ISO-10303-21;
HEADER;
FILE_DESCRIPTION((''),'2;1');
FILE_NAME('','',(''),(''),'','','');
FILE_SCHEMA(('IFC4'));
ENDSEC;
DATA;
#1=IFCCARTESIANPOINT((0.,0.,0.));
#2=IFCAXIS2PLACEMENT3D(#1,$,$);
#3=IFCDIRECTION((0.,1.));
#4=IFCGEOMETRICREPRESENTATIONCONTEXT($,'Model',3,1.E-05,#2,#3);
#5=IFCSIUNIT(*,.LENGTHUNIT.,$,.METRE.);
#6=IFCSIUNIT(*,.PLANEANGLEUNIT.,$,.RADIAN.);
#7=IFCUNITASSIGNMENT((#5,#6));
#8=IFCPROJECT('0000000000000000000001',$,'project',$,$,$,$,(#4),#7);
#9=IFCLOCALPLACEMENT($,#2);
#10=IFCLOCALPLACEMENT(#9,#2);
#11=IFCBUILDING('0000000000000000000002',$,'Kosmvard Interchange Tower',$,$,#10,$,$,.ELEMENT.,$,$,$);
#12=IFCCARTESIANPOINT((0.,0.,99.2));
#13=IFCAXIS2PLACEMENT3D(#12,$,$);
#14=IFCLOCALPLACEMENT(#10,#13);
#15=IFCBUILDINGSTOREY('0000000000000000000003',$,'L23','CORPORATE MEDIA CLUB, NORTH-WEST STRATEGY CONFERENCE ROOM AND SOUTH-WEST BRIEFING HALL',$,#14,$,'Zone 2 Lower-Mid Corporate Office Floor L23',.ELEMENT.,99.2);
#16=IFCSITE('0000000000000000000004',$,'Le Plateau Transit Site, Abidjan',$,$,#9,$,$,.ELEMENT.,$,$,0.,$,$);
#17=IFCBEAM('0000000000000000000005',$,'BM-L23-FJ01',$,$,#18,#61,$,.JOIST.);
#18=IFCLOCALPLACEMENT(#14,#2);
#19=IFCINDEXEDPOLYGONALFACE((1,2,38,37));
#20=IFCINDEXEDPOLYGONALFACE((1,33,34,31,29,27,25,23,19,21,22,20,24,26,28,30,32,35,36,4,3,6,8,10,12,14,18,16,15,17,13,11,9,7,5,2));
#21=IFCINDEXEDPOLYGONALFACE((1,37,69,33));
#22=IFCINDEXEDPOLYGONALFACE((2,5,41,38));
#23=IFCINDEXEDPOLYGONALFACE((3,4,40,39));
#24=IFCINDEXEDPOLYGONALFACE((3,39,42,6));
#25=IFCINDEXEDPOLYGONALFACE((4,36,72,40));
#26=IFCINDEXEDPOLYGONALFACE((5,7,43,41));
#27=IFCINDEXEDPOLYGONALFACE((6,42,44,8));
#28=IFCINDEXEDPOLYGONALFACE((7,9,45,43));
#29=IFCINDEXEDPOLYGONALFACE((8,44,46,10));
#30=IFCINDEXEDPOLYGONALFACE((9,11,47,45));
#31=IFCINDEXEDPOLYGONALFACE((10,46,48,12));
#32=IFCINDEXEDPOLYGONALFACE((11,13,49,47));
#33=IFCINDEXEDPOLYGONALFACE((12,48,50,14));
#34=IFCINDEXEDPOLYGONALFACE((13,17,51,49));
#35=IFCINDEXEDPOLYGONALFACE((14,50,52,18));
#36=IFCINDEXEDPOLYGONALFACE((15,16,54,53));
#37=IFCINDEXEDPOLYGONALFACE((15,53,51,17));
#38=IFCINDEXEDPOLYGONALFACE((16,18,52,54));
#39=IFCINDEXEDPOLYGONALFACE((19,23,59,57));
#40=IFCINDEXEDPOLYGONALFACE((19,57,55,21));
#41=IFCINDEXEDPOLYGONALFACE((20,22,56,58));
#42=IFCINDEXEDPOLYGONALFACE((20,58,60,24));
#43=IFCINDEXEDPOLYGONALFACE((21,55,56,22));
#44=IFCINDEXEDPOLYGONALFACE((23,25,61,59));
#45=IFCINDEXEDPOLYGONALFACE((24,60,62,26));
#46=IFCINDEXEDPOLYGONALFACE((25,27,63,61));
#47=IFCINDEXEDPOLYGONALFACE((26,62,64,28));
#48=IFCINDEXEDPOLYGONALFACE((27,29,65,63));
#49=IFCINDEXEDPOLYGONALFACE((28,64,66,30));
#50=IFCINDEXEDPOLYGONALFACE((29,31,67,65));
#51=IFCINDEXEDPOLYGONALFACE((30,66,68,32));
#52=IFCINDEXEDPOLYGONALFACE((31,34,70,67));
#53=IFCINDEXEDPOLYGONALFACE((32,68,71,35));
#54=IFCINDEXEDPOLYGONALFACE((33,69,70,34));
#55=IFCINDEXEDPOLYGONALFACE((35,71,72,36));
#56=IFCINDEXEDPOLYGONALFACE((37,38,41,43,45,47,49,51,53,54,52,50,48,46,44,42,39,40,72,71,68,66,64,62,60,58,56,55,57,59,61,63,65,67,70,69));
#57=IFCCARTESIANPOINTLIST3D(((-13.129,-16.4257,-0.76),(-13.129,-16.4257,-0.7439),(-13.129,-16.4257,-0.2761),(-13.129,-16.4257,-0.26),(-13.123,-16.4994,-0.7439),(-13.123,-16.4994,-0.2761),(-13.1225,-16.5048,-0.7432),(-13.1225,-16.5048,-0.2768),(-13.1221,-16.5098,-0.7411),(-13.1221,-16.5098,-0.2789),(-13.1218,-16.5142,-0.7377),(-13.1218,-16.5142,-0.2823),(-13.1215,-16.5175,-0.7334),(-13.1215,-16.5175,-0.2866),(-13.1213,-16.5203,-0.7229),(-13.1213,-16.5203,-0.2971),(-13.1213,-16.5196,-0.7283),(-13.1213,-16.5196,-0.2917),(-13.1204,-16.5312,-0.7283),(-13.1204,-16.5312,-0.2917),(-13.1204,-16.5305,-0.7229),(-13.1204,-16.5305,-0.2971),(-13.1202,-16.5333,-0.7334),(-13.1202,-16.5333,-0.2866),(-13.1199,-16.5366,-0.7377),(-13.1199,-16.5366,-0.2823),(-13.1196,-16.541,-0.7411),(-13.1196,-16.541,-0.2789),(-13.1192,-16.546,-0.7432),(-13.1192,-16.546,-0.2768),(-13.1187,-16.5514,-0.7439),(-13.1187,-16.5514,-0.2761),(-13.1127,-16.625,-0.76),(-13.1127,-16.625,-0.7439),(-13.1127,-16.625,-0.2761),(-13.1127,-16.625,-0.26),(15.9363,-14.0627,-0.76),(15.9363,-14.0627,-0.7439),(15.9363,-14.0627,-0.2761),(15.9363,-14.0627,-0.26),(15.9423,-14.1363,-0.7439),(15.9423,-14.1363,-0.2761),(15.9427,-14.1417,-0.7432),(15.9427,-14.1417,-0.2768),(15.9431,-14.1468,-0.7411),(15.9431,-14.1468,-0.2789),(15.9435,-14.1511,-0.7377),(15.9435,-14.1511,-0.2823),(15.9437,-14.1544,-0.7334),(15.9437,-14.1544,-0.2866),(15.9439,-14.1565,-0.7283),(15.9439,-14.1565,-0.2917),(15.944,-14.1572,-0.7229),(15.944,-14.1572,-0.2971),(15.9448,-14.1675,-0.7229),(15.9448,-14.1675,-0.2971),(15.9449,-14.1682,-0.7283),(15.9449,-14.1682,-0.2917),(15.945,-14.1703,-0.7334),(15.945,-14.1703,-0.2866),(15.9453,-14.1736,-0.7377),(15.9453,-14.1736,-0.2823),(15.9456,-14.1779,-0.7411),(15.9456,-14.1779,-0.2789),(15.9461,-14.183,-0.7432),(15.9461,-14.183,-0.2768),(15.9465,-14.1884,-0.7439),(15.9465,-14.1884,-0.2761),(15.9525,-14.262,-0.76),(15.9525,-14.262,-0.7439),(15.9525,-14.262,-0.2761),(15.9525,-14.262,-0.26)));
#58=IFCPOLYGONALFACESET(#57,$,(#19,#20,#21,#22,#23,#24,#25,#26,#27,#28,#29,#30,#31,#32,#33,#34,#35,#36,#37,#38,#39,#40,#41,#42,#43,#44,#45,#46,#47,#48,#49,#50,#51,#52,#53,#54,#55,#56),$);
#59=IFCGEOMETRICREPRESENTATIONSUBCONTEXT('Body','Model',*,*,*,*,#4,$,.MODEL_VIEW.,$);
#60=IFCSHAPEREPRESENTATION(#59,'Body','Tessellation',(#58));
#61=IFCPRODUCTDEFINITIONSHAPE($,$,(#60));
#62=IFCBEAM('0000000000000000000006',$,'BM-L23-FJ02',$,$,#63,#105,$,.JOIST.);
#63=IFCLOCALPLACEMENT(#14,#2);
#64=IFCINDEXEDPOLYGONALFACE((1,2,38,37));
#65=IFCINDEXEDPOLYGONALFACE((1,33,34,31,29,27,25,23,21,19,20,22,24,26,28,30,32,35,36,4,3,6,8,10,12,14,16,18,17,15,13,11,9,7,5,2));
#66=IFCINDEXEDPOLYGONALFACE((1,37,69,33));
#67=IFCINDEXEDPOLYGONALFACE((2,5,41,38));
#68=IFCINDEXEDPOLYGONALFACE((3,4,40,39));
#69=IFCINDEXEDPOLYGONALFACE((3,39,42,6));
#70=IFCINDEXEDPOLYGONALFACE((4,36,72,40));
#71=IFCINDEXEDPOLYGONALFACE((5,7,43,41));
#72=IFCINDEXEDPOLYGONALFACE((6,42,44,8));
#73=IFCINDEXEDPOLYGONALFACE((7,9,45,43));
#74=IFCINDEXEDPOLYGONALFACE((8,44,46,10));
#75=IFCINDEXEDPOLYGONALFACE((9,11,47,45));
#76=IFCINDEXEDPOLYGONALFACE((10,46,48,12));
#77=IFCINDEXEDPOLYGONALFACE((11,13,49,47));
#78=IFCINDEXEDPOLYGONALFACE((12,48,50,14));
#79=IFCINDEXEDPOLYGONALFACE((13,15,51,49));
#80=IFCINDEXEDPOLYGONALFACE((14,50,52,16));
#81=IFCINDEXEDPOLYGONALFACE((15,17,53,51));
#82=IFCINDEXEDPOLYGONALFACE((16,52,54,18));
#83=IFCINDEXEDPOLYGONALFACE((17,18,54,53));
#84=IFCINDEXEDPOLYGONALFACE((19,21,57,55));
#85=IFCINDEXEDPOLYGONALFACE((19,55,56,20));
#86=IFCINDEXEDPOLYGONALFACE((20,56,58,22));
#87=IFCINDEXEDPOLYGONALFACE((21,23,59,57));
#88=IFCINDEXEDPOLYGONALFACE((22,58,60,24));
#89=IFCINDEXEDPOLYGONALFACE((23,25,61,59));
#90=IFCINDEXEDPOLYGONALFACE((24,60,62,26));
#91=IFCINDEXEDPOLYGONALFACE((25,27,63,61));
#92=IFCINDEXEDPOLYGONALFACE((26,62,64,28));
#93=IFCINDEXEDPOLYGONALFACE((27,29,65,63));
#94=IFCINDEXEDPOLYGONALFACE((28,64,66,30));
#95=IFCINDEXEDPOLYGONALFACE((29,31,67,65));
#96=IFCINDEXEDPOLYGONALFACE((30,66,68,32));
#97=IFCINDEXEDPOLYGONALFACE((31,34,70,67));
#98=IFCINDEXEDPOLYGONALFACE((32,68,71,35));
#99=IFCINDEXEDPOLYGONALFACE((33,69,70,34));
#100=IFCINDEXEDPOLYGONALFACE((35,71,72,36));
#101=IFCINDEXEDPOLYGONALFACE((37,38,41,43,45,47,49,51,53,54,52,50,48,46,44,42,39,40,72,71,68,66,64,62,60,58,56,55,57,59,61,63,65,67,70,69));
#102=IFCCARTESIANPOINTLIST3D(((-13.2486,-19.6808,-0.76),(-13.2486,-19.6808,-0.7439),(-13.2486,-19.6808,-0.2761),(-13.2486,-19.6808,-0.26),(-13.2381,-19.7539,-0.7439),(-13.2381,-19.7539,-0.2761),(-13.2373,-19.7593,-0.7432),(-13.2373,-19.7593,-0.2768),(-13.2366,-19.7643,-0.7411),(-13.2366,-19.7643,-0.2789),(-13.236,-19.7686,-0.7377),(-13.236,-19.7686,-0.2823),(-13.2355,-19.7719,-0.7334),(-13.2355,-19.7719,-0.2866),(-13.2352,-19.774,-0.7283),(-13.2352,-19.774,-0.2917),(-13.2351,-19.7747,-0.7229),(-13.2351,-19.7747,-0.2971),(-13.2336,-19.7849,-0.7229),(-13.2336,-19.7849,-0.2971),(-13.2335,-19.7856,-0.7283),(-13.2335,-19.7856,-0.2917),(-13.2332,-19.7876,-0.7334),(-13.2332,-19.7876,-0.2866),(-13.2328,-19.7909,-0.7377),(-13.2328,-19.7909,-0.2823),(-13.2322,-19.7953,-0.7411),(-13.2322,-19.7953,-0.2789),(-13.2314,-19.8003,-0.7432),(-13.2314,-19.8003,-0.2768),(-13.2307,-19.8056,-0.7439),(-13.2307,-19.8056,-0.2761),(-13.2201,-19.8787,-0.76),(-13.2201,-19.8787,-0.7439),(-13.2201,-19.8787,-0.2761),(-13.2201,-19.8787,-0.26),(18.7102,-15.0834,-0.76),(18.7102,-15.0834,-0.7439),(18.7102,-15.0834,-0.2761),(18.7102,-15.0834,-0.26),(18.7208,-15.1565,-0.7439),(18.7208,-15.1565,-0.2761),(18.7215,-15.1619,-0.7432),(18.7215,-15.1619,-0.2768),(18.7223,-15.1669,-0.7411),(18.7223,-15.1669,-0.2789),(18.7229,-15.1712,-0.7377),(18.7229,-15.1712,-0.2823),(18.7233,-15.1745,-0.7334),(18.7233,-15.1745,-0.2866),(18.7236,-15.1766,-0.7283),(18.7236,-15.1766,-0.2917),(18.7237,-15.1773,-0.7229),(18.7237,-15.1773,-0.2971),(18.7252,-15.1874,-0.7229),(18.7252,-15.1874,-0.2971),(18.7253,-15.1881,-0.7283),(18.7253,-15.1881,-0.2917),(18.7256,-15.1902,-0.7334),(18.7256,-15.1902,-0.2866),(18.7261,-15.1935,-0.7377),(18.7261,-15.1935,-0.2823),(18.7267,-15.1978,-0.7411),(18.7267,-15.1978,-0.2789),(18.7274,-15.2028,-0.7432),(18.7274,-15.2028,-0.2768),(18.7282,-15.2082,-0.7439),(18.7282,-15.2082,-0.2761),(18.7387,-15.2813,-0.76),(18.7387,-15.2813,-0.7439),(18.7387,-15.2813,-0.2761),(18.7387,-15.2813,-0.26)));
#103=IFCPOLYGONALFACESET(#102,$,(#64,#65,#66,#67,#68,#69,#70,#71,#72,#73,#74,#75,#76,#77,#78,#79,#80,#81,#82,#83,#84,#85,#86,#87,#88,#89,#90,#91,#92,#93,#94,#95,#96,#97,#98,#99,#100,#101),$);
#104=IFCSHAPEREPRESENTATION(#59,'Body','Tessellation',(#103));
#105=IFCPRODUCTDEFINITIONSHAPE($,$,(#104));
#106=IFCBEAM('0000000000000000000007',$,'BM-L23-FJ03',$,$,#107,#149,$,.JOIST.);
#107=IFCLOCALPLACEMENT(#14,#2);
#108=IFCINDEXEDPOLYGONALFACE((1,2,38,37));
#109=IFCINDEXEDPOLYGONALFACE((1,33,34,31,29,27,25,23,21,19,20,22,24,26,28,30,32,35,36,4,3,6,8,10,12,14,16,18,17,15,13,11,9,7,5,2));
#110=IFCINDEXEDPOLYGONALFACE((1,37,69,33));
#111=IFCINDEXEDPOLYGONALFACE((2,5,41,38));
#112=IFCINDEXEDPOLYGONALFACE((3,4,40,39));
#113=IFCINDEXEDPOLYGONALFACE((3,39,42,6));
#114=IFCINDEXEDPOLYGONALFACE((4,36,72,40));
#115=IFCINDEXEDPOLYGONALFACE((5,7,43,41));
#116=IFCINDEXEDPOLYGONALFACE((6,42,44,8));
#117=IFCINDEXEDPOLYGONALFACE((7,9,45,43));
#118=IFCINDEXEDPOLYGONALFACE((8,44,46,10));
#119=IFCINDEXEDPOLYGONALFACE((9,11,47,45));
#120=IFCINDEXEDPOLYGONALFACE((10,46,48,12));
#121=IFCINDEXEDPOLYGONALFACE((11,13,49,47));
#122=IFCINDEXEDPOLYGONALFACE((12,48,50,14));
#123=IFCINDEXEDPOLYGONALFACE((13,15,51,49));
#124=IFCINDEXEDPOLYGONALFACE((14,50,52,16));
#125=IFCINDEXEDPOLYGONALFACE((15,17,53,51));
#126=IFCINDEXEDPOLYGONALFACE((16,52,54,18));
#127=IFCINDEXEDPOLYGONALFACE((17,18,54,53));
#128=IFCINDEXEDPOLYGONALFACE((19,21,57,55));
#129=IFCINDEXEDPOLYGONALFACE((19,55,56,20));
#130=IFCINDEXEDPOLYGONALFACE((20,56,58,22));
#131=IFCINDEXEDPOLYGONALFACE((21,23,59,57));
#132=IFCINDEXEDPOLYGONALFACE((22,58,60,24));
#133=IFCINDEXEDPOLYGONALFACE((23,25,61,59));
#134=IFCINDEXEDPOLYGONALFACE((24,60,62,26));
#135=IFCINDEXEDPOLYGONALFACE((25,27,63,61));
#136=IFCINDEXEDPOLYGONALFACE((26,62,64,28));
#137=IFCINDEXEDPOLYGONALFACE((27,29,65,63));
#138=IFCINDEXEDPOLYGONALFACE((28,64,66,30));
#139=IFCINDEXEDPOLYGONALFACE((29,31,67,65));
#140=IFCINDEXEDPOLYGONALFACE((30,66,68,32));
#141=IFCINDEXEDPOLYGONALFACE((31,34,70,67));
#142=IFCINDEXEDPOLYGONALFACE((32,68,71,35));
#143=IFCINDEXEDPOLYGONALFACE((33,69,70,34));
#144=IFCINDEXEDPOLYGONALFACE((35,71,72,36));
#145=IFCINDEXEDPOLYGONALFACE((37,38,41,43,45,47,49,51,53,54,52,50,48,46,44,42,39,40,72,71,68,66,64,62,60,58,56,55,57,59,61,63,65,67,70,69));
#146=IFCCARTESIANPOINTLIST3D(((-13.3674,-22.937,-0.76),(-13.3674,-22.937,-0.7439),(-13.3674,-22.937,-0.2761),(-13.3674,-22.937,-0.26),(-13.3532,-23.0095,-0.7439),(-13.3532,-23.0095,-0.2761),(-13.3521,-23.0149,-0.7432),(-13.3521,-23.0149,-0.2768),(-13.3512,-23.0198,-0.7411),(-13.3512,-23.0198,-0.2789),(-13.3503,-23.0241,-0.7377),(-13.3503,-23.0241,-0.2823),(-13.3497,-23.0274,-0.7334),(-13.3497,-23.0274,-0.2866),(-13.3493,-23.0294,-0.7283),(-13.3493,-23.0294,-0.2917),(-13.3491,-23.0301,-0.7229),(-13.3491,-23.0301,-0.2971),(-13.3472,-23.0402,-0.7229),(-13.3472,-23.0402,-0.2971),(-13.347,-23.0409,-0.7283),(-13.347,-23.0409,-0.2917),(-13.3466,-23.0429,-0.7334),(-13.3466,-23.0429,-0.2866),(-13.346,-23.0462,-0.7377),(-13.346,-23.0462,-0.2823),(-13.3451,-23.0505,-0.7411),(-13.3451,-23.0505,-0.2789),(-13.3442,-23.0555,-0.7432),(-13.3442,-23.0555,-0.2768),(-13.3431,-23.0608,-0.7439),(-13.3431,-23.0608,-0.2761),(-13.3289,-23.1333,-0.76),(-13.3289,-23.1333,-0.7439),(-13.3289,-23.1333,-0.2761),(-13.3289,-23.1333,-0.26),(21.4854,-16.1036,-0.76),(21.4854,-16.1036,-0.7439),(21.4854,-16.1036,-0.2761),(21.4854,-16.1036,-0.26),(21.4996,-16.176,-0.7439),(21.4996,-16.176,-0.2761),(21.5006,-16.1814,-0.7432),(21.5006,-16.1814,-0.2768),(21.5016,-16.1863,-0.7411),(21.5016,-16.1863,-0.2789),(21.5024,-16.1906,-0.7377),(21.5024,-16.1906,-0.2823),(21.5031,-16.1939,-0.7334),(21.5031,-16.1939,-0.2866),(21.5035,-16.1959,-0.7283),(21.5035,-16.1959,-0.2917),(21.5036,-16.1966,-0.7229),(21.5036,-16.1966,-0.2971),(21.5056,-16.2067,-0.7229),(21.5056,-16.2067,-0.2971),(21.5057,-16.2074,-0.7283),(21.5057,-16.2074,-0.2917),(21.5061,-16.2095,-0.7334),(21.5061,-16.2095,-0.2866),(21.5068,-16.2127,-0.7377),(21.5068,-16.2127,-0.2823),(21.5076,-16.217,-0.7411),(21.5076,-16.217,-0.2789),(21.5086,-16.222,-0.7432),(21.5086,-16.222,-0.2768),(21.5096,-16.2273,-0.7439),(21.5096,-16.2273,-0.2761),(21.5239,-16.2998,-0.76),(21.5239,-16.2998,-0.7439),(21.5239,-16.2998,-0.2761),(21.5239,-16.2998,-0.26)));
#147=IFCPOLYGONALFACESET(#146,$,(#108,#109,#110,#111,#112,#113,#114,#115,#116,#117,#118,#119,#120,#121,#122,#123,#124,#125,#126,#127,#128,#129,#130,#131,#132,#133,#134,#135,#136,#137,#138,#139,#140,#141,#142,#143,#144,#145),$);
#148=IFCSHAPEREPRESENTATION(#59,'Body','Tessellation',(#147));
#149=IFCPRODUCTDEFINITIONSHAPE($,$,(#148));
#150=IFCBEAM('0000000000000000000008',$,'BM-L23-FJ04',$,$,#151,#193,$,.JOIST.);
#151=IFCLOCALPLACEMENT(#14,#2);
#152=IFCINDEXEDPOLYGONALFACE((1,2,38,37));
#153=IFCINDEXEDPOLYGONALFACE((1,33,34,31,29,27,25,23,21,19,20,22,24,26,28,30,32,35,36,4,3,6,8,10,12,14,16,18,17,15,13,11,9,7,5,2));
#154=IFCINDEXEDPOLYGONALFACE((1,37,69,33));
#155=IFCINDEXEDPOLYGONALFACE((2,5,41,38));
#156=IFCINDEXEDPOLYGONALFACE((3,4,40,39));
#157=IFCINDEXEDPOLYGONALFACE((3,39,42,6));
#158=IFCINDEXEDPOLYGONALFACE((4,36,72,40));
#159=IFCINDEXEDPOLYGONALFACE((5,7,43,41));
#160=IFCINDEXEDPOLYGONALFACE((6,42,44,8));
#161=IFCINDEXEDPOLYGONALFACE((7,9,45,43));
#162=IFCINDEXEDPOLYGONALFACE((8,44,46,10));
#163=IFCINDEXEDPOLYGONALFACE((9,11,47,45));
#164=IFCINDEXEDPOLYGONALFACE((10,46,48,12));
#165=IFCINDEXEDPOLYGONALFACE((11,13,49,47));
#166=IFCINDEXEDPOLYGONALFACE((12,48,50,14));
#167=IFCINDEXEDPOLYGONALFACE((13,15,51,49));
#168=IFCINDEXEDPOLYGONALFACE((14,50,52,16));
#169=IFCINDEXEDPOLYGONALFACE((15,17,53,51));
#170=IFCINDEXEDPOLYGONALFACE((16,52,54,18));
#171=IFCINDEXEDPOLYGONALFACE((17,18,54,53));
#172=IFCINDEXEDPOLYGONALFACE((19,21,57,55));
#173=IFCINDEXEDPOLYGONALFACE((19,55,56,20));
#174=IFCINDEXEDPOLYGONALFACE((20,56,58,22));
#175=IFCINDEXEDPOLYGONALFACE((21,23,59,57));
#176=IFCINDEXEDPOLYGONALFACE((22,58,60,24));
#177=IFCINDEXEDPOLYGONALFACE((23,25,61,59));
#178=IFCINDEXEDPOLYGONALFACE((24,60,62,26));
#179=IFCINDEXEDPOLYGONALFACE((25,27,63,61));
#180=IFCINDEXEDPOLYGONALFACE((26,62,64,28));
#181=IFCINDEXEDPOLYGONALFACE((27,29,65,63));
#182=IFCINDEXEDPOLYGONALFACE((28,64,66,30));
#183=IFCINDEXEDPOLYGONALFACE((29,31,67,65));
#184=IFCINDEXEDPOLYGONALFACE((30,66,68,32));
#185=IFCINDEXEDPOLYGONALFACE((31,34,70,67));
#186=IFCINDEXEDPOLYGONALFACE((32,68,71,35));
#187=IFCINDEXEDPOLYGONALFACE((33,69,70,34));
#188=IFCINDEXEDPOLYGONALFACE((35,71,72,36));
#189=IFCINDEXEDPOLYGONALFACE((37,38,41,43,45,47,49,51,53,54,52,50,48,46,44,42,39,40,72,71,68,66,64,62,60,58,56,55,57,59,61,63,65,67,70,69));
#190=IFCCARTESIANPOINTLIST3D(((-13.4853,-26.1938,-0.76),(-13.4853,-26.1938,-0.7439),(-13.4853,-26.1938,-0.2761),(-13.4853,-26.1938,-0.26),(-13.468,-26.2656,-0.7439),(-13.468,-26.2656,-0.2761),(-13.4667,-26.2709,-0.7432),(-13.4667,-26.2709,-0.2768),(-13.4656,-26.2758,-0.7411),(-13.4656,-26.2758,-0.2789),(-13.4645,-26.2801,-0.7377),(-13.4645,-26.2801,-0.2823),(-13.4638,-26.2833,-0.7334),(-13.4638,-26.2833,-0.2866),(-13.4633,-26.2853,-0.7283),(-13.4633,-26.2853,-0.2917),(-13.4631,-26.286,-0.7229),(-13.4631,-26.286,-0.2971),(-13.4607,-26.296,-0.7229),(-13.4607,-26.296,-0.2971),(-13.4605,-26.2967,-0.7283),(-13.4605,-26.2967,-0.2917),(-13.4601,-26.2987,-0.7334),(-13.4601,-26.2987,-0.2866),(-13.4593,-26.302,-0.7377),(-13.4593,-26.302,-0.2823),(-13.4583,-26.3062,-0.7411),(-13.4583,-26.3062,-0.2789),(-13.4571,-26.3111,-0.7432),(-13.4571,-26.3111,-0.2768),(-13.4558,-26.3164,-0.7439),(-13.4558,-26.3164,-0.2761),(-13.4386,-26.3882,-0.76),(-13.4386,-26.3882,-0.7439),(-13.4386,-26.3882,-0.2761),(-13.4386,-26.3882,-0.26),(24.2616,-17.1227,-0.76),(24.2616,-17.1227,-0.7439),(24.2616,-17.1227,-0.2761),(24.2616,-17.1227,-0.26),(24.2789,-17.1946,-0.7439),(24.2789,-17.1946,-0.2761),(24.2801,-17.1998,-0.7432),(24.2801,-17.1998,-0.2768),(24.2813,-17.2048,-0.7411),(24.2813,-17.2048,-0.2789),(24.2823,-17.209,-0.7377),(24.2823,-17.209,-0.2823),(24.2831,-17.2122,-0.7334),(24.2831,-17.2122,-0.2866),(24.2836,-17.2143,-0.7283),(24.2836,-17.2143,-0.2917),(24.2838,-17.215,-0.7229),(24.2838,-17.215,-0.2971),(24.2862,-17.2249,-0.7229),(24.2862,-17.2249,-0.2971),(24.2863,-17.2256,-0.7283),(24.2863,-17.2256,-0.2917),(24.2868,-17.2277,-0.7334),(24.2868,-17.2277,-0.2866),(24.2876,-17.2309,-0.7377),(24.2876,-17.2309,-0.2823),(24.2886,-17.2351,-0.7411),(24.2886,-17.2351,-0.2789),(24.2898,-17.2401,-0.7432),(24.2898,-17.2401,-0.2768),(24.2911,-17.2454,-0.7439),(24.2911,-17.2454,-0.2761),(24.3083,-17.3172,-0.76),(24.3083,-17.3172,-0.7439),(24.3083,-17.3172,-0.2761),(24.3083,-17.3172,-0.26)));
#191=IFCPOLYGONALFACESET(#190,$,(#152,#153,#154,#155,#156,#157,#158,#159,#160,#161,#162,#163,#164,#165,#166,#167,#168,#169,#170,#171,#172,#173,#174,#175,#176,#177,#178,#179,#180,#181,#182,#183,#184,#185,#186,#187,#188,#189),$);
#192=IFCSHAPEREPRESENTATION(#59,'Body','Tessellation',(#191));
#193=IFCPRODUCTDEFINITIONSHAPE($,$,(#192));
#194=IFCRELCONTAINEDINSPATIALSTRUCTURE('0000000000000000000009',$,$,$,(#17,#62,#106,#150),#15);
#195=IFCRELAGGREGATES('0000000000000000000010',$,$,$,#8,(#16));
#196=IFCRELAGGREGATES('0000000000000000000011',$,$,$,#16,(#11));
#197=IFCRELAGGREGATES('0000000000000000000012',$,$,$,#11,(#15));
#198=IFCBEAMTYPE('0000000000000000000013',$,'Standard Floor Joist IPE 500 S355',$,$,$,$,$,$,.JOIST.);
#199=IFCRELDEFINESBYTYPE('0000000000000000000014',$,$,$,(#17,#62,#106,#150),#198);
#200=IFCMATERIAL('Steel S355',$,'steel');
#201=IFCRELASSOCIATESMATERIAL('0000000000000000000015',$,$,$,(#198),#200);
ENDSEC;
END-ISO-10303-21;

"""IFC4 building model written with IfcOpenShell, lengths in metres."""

from ifc_helpers import new_model, si_unit, direction, frame, origin, origin_2d, place, context, subcontext, project, spatial, i_section, extrude, source, transform, mapped, material, material_profile, profile_set, type_object, element, save


model = new_model("IFC4")

# Units and contexts
model_context = context("Model", 3, precision=1e-05, world=origin(), true_north=direction((0.0, 1.0)))
body_context = subcontext(model_context, "Body", "Model", "MODEL_VIEW")
ifc_project = project(units=[si_unit("LENGTHUNIT", "METRE"), si_unit("PLANEANGLEUNIT", "RADIAN")], contexts=[model_context])

# Site, building, storey
site_placement = place(None, origin())
site = spatial("IfcSite", under=ifc_project, at=site_placement, Name="Le Plateau Transit Site, Abidjan", CompositionType="ELEMENT", RefElevation=0.0)
building_placement = place(site_placement, origin())
building = spatial("IfcBuilding", under=site, at=building_placement, Name="Kosmvard Interchange Tower", CompositionType="ELEMENT")
storey_placement = place(building_placement, frame((0.0, 0.0, 99.2)))
storey = spatial("IfcBuildingStorey", under=building, at=storey_placement, Name="L23", Description="CORPORATE MEDIA CLUB, NORTH-WEST STRATEGY CONFERENCE ROOM AND SOUTH-WEST BRIEFING HALL", LongName="Zone 2 Lower-Mid Corporate Office Floor L23", CompositionType="ELEMENT", Elevation=99.2)

# Beams
ifc_material_1 = material(Name="Steel S355", Category="steel")
ifc_material_profile_1 = material_profile(ifc_material_1, i_section(OverallWidth=0.2, OverallDepth=0.5, WebThickness=0.0103, FlangeThickness=0.0161, FilletRadius=0.021, at=origin_2d()), Name="IPE 500")
ifc_profile_set_1 = profile_set([ifc_material_profile_1], Name="Steel S355")
beam_type_1 = type_object("IfcBeamType", Name="Standard Floor Joist IPE 500 S355", PredefinedType="JOIST", material=ifc_profile_set_1)
shared_shape_1 = source(origin(), body_context, "Body", "SweptSolid", [
    extrude(i_section(OverallWidth=0.2, OverallDepth=0.5, WebThickness=0.0103, FlangeThickness=0.0161, FilletRadius=0.021, at=origin_2d()), origin(), (0.0, 0.0, 1.0), 29.1611),
])
beam_1_placement = place(storey_placement, frame((-13.1208, -16.5254, -0.51), z_axis=(0.996711, 0.081034, 0.0), x_axis=(-0.081034, 0.996711, 0.0)))
element("IfcBeam", 1, at=beam_1_placement, inside=storey, type_object=beam_type_1, Name="BM-L23-FJ01", PredefinedType="JOIST", context=body_context, shape_type="MappedRepresentation", body=[
    mapped(shared_shape_1, transform((0.0, 0.0, 0.0), scale=1.0)),
])
shared_shape_2 = source(origin(), body_context, "Body", "SweptSolid", [
    extrude(i_section(OverallWidth=0.2, OverallDepth=0.5, WebThickness=0.0103, FlangeThickness=0.0161, FilletRadius=0.021, at=origin_2d()), origin(), (0.0, 0.0, 1.0), 32.2878),
])
beam_2_placement = place(storey_placement, frame((-13.2344, -19.7798, -0.51), z_axis=(0.989811, 0.142389, 0.0), x_axis=(-0.142389, 0.989811, 0.0)))
element("IfcBeam", 2, at=beam_2_placement, inside=storey, type_object=beam_type_1, Name="BM-L23-FJ02", PredefinedType="JOIST", context=body_context, shape_type="MappedRepresentation", body=[
    mapped(shared_shape_2, transform((0.0, 0.0, 0.0), scale=1.0)),
])
shared_shape_3 = source(origin(), body_context, "Body", "SweptSolid", [
    extrude(i_section(OverallWidth=0.2, OverallDepth=0.5, WebThickness=0.0103, FlangeThickness=0.0161, FilletRadius=0.021, at=origin_2d()), origin(), (0.0, 0.0, 1.0), 35.5164),
])
beam_3_placement = place(storey_placement, frame((-13.3481, -23.0352, -0.51), z_axis=(0.981316, 0.192404, 0.0), x_axis=(-0.192404, 0.981316, 0.0)))
element("IfcBeam", 3, at=beam_3_placement, inside=storey, type_object=beam_type_1, Name="BM-L23-FJ03", PredefinedType="JOIST", context=body_context, shape_type="MappedRepresentation", body=[
    mapped(shared_shape_3, transform((0.0, 0.0, 0.0), scale=1.0)),
])
shared_shape_4 = source(origin(), body_context, "Body", "SweptSolid", [
    extrude(i_section(OverallWidth=0.2, OverallDepth=0.5, WebThickness=0.0103, FlangeThickness=0.0161, FilletRadius=0.021, at=origin_2d()), origin(), (0.0, 0.0, 1.0), 38.8215),
])
beam_4_placement = place(storey_placement, frame((-13.4619, -26.291, -0.51), z_axis=(0.972318, 0.233661, 0.0), x_axis=(-0.233661, 0.972318, 0.0)))
element("IfcBeam", 4, at=beam_4_placement, inside=storey, type_object=beam_type_1, Name="BM-L23-FJ04", PredefinedType="JOIST", context=body_context, shape_type="MappedRepresentation", body=[
    mapped(shared_shape_4, transform((0.0, 0.0, 0.0), scale=1.0)),
])

save(model, "model.ifc")
